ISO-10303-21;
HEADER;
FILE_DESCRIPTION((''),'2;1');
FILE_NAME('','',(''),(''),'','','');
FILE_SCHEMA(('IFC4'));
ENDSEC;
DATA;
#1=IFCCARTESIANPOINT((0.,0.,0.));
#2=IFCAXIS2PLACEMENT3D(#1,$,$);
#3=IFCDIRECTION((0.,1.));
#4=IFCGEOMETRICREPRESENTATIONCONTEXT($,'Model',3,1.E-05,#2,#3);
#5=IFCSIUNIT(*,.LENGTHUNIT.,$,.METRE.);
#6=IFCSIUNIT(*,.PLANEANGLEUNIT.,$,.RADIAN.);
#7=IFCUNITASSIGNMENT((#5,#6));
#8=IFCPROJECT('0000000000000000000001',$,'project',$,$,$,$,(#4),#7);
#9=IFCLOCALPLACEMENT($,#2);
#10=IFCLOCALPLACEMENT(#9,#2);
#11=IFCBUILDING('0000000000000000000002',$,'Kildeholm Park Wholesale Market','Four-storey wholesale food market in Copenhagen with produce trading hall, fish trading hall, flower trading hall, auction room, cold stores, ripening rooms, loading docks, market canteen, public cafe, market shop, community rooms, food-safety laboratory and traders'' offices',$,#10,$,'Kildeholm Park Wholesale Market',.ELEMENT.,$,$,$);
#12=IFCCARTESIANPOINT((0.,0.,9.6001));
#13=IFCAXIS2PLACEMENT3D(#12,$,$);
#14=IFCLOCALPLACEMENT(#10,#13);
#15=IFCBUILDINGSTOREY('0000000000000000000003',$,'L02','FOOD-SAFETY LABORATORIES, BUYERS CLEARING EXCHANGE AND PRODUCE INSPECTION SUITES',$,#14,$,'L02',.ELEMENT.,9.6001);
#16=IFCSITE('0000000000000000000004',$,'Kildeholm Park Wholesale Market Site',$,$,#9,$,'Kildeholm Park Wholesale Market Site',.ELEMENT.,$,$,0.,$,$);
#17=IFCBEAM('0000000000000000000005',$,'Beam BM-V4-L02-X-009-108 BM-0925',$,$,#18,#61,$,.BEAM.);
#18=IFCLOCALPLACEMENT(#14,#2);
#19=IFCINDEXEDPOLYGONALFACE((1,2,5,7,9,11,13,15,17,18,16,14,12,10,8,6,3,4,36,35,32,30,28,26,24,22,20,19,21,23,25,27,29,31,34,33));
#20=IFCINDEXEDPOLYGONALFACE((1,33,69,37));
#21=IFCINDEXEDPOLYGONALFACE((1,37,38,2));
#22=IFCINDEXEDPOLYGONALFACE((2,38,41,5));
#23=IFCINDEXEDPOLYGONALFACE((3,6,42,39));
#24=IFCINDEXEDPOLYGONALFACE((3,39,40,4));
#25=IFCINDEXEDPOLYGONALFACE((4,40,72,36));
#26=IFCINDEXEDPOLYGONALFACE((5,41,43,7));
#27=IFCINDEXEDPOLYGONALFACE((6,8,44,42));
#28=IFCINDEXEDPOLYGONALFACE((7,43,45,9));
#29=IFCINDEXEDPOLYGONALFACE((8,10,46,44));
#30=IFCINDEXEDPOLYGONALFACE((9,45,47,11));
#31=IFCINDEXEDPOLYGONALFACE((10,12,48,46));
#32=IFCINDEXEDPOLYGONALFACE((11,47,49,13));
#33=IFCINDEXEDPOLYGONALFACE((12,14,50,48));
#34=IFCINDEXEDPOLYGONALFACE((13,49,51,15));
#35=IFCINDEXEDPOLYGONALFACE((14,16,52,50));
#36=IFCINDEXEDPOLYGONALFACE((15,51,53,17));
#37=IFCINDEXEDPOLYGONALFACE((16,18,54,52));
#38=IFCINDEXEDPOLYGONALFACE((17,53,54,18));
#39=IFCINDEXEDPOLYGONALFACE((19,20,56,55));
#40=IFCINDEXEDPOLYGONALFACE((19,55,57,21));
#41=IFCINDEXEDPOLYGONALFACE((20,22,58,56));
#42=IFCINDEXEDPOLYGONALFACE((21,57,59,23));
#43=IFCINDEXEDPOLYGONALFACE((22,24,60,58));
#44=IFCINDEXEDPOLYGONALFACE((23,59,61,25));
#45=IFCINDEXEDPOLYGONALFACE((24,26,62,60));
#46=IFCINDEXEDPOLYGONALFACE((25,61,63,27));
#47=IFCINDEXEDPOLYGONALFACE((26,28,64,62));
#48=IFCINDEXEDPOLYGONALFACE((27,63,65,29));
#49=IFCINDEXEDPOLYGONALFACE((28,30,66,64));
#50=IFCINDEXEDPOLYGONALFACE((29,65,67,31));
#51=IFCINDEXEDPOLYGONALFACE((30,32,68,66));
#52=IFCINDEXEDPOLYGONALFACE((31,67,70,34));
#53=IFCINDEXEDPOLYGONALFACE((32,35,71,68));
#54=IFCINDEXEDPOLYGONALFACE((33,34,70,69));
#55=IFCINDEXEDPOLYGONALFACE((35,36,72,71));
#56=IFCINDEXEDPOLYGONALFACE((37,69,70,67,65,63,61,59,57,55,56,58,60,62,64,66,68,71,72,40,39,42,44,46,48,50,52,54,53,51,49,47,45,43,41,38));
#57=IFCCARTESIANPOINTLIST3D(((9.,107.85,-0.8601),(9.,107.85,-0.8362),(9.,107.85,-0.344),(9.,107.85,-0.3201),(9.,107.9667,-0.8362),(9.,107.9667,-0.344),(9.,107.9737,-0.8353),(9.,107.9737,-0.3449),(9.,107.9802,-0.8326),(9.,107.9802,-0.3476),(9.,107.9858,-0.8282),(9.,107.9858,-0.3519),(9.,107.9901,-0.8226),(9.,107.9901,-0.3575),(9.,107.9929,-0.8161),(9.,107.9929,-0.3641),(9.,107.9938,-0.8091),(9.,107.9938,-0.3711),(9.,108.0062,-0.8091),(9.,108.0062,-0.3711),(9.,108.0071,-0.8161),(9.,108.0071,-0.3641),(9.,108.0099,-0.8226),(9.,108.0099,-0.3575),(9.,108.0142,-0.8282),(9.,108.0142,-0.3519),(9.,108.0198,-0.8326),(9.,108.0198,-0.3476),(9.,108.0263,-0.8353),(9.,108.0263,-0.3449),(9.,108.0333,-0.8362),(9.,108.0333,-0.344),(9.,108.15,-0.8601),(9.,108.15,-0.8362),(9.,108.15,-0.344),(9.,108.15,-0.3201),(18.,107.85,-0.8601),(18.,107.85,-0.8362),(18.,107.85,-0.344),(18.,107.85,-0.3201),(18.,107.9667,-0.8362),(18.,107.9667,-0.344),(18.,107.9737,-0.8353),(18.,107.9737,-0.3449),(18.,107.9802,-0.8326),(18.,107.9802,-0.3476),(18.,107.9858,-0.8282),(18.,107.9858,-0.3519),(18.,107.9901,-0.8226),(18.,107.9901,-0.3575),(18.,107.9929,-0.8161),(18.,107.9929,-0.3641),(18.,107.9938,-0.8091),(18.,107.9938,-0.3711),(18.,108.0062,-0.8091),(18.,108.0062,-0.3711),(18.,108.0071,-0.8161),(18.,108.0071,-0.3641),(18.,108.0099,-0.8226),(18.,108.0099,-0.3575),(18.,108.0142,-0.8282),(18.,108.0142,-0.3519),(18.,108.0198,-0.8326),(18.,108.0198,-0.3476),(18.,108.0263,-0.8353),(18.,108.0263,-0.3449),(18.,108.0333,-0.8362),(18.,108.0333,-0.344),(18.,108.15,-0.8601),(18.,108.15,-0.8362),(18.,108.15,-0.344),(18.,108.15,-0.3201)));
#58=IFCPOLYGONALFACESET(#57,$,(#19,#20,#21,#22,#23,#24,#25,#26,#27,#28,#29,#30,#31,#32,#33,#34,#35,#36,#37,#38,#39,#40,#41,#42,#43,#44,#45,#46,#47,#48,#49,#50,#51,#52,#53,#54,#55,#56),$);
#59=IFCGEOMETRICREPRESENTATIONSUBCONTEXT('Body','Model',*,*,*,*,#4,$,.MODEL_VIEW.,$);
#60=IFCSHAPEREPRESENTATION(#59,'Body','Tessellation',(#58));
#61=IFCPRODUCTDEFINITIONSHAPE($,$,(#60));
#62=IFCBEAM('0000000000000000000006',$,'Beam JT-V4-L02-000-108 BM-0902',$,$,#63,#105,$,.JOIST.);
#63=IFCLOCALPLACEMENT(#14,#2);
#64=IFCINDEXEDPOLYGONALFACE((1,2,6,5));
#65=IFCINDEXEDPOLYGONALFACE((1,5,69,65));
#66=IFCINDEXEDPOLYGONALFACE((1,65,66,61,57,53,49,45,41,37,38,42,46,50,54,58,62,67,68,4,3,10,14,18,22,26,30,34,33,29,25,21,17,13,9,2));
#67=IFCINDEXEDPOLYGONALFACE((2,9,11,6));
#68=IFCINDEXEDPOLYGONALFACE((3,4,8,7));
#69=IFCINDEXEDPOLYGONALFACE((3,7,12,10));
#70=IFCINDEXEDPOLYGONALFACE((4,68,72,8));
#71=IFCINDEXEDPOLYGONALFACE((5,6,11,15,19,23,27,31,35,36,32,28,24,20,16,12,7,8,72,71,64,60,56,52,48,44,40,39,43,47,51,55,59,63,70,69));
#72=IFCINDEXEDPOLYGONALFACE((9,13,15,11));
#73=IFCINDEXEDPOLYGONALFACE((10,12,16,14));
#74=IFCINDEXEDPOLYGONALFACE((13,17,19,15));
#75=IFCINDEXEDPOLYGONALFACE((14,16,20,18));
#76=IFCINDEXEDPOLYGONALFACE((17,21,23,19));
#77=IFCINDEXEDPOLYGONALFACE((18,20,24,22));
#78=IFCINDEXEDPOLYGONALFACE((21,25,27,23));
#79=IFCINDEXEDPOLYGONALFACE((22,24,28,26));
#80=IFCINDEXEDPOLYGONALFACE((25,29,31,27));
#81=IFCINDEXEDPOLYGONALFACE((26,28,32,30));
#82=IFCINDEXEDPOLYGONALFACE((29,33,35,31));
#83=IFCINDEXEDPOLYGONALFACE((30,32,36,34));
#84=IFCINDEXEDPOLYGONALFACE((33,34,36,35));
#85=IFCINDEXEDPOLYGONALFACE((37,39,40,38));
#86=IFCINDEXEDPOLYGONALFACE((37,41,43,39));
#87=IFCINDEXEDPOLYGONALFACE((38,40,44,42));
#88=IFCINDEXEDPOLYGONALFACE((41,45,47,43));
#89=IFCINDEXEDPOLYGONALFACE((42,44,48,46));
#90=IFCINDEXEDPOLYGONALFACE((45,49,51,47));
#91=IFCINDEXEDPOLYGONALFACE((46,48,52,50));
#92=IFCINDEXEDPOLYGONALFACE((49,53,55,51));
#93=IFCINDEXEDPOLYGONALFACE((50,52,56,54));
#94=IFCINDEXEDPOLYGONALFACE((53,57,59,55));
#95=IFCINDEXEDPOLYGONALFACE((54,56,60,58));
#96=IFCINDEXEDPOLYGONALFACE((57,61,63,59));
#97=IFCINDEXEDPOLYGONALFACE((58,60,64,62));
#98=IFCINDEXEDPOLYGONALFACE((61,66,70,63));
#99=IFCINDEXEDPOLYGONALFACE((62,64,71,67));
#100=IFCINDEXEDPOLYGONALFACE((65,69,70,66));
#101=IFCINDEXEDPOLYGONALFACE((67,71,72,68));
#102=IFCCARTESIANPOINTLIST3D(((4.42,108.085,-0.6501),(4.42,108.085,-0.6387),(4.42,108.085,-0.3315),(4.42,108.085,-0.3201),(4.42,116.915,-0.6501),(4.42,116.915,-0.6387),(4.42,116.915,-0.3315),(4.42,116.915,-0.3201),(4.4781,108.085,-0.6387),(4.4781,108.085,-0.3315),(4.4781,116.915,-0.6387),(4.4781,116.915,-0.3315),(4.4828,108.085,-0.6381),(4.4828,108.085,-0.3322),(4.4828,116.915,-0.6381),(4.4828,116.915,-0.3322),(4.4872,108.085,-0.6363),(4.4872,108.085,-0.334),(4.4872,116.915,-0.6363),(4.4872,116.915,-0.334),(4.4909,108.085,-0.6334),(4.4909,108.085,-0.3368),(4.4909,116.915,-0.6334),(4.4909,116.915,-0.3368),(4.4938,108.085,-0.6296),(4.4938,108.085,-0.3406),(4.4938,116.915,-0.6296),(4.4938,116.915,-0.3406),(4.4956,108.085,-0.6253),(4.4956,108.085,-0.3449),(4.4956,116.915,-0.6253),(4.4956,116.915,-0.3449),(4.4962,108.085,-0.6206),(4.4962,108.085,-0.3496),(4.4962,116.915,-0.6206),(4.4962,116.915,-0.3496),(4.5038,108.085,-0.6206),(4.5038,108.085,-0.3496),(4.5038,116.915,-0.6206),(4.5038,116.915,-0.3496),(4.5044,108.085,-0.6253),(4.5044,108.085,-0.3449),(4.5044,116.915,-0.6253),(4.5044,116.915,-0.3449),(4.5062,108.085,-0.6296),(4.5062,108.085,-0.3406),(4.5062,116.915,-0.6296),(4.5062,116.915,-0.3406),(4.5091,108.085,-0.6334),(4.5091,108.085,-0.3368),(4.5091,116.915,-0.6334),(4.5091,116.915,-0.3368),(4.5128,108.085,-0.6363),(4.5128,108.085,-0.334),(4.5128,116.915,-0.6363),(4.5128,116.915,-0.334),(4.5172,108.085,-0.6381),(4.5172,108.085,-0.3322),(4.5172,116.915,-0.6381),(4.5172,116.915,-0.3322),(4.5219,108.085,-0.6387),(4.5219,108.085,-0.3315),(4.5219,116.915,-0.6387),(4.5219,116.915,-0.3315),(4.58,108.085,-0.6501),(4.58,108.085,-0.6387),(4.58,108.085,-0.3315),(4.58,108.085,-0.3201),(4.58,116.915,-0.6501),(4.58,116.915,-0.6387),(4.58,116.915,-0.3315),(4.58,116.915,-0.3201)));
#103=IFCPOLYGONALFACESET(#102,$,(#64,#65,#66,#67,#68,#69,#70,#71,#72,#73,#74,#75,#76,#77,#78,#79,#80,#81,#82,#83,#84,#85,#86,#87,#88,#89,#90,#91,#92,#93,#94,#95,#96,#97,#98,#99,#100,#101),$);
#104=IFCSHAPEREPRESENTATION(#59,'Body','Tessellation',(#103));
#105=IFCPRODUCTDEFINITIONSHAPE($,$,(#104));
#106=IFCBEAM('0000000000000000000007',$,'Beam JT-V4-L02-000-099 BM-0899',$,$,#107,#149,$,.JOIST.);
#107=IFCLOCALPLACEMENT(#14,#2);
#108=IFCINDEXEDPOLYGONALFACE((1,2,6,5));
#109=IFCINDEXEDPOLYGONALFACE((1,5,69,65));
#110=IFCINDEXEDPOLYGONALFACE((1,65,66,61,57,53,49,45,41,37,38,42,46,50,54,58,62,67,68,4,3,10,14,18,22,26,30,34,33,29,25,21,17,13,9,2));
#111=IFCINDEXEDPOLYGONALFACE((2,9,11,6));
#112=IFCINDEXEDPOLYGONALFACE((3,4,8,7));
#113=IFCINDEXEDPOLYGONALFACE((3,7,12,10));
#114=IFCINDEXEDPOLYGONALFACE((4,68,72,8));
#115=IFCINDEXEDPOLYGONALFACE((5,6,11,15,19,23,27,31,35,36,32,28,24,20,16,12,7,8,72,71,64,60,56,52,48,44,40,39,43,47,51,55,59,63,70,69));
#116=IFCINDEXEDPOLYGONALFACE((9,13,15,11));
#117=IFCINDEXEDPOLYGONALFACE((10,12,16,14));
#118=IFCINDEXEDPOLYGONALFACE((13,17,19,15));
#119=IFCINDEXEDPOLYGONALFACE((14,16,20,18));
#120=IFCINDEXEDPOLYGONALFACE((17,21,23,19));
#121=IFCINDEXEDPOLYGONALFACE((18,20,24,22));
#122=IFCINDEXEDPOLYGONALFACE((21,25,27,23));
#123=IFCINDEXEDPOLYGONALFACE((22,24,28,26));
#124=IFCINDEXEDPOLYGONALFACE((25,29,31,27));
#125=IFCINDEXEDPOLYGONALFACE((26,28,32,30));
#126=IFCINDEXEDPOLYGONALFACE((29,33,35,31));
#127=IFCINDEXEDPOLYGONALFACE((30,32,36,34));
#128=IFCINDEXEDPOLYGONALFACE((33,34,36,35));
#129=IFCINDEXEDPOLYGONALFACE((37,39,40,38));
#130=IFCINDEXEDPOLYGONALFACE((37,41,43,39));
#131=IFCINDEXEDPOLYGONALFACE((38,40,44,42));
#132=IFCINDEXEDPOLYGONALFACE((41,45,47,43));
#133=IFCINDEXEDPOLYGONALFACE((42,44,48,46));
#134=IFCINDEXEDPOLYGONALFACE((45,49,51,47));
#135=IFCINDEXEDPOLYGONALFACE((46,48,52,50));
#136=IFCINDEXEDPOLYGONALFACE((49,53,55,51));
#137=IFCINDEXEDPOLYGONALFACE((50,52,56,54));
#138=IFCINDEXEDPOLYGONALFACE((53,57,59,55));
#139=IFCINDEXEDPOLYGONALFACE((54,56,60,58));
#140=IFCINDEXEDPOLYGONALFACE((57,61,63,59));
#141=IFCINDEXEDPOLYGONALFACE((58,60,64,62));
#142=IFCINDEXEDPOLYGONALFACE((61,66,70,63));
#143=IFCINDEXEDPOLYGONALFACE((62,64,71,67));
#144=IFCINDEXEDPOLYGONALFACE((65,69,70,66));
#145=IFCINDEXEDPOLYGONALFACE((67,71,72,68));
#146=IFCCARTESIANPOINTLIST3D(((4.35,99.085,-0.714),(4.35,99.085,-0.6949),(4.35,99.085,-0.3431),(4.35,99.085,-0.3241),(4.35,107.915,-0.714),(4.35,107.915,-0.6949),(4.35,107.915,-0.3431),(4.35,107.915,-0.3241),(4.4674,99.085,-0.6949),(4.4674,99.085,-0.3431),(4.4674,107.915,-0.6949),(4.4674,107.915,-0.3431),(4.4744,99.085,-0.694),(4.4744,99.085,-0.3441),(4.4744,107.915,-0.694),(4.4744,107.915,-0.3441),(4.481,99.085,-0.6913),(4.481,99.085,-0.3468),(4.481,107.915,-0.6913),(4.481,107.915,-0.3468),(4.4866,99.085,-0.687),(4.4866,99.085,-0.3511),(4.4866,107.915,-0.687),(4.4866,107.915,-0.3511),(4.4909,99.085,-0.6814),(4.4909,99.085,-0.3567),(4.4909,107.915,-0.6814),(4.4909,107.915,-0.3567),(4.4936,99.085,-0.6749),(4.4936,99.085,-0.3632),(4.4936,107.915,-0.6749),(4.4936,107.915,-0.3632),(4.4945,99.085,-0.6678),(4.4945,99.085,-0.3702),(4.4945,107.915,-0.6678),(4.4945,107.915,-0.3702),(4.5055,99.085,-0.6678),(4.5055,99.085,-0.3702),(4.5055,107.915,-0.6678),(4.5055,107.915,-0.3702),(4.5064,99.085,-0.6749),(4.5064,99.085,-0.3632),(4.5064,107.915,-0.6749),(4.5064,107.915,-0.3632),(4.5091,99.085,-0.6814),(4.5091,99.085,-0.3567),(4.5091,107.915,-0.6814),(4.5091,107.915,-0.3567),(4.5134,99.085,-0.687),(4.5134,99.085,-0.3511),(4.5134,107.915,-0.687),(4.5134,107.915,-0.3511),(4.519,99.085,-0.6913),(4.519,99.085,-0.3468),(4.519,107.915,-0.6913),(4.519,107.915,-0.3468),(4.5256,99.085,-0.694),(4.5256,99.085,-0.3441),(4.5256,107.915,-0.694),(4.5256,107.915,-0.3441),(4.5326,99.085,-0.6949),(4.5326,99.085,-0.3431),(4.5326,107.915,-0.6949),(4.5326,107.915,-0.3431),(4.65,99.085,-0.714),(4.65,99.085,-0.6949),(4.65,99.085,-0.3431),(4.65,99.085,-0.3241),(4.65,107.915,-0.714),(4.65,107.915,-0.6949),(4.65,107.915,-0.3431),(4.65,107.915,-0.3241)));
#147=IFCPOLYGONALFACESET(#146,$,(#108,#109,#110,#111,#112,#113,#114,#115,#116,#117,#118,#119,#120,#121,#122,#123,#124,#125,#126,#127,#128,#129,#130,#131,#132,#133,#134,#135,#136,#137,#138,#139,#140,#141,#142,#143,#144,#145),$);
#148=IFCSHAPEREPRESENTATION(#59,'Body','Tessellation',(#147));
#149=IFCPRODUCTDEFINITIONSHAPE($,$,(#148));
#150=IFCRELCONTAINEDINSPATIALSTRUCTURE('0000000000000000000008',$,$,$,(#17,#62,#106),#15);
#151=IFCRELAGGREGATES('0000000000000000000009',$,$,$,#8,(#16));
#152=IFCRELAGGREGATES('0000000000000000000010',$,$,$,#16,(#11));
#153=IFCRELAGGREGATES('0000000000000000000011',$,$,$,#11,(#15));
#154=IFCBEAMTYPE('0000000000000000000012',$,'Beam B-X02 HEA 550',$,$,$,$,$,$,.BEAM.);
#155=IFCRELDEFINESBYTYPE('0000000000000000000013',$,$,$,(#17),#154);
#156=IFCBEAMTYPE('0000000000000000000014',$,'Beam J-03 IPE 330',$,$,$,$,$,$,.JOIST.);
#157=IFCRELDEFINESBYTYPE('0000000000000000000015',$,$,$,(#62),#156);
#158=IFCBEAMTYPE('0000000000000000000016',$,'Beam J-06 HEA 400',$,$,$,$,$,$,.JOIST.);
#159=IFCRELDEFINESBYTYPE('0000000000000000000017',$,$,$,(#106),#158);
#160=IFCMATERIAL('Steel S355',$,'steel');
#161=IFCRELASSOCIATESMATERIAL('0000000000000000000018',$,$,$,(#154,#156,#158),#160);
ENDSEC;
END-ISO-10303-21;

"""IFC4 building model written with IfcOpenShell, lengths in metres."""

from ifc_helpers import new_model, si_unit, direction, frame, origin, origin_2d, place, context, subcontext, project, spatial, i_section, extrude, material, material_profile, profile_set, type_object, element, save


model = new_model("IFC4")

# Units and contexts
model_context = context("Model", 3, precision=1e-05, world=origin(), true_north=direction((0.0, 1.0)))
body_context = subcontext(model_context, "Body", "Model", "MODEL_VIEW")
ifc_project = project(units=[si_unit("LENGTHUNIT", "METRE"), si_unit("PLANEANGLEUNIT", "RADIAN")], contexts=[model_context])

# Site, building, storey
site_placement = place(None, origin())
site = spatial("IfcSite", under=ifc_project, at=site_placement, Name="Kildeholm Park Wholesale Market Site", LongName="Kildeholm Park Wholesale Market Site", CompositionType="ELEMENT", RefElevation=0.0)
building_placement = place(site_placement, origin())
building = spatial("IfcBuilding", under=site, at=building_placement, Name="Kildeholm Park Wholesale Market", Description="Four-storey wholesale food market in Copenhagen with produce trading hall, fish trading hall, flower trading hall, auction room, cold stores, ripening rooms, loading docks, market canteen, public cafe, market shop, community rooms, food-safety laboratory and traders' offices", LongName="Kildeholm Park Wholesale Market", CompositionType="ELEMENT")
storey_placement = place(building_placement, frame((0.0, 0.0, 9.6001)))
storey = spatial("IfcBuildingStorey", under=building, at=storey_placement, Name="L02", Description="FOOD-SAFETY LABORATORIES, BUYERS CLEARING EXCHANGE AND PRODUCE INSPECTION SUITES", LongName="L02", CompositionType="ELEMENT", Elevation=9.6001)

# Beams
ifc_material_1 = material(Name="Steel S355", Category="steel")
ifc_material_profile_1 = material_profile(ifc_material_1, i_section(OverallWidth=0.3, OverallDepth=0.54, WebThickness=0.0125, FlangeThickness=0.0239, FilletRadius=0.0271, at=origin_2d()), Name="HEA 550")
ifc_profile_set_1 = profile_set([ifc_material_profile_1], Name="Steel S355")
beam_type_1 = type_object("IfcBeamType", Name="Beam B-X02 HEA 550", PredefinedType="BEAM", material=ifc_profile_set_1)
beam_1_placement = place(storey_placement, frame((9.0, 108.0, -0.5901), z_axis=(1.0, 0.0, 0.0), x_axis=(0.0, 1.0, 0.0)))
element("IfcBeam", 1, at=beam_1_placement, inside=storey, type_object=beam_type_1, Name="Beam BM-V4-L02-X-009-108 BM-0925", PredefinedType="BEAM", context=body_context, shape_type="SweptSolid", body=[
    extrude(i_section(OverallWidth=0.3, OverallDepth=0.54, WebThickness=0.0125, FlangeThickness=0.0239, FilletRadius=0.0271, at=origin_2d()), origin(), (0.0, 0.0, 1.0), 9.0),
])
ifc_material_profile_2 = material_profile(ifc_material_1, i_section(OverallWidth=0.1599, OverallDepth=0.3301, WebThickness=0.0076, FlangeThickness=0.0115, FilletRadius=0.0181, at=origin_2d()), Name="IPE 330")
ifc_profile_set_2 = profile_set([ifc_material_profile_2], Name="Steel S355")
beam_type_2 = type_object("IfcBeamType", Name="Beam J-03 IPE 330", PredefinedType="JOIST", material=ifc_profile_set_2)
beam_2_placement = place(storey_placement, frame((4.5, 108.085, -0.4851), z_axis=(0.0, 1.0, 0.0), x_axis=(-1.0, 0.0, 0.0)))
element("IfcBeam", 2, at=beam_2_placement, inside=storey, type_object=beam_type_2, Name="Beam JT-V4-L02-000-108 BM-0902", PredefinedType="JOIST", context=body_context, shape_type="SweptSolid", body=[
    extrude(i_section(OverallWidth=0.1599, OverallDepth=0.3301, WebThickness=0.0076, FlangeThickness=0.0115, FilletRadius=0.0181, at=origin_2d()), origin(), (0.0, 0.0, 1.0), 8.8301),
])
ifc_material_profile_3 = material_profile(ifc_material_1, i_section(OverallWidth=0.3, OverallDepth=0.3899, WebThickness=0.011, FlangeThickness=0.019, FilletRadius=0.0271, at=origin_2d()), Name="HEA 400")
ifc_profile_set_3 = profile_set([ifc_material_profile_3], Name="Steel S355")
beam_type_3 = type_object("IfcBeamType", Name="Beam J-06 HEA 400", PredefinedType="JOIST", material=ifc_profile_set_3)
beam_3_placement = place(storey_placement, frame((4.5, 99.085, -0.519), z_axis=(0.0, 1.0, 0.0), x_axis=(-1.0, 0.0, 0.0)))
element("IfcBeam", 3, at=beam_3_placement, inside=storey, type_object=beam_type_3, Name="Beam JT-V4-L02-000-099 BM-0899", PredefinedType="JOIST", context=body_context, shape_type="SweptSolid", body=[
    extrude(i_section(OverallWidth=0.3, OverallDepth=0.3899, WebThickness=0.011, FlangeThickness=0.019, FilletRadius=0.0271, at=origin_2d()), origin(), (0.0, 0.0, 1.0), 8.8301),
])

save(model, "model.ifc")
